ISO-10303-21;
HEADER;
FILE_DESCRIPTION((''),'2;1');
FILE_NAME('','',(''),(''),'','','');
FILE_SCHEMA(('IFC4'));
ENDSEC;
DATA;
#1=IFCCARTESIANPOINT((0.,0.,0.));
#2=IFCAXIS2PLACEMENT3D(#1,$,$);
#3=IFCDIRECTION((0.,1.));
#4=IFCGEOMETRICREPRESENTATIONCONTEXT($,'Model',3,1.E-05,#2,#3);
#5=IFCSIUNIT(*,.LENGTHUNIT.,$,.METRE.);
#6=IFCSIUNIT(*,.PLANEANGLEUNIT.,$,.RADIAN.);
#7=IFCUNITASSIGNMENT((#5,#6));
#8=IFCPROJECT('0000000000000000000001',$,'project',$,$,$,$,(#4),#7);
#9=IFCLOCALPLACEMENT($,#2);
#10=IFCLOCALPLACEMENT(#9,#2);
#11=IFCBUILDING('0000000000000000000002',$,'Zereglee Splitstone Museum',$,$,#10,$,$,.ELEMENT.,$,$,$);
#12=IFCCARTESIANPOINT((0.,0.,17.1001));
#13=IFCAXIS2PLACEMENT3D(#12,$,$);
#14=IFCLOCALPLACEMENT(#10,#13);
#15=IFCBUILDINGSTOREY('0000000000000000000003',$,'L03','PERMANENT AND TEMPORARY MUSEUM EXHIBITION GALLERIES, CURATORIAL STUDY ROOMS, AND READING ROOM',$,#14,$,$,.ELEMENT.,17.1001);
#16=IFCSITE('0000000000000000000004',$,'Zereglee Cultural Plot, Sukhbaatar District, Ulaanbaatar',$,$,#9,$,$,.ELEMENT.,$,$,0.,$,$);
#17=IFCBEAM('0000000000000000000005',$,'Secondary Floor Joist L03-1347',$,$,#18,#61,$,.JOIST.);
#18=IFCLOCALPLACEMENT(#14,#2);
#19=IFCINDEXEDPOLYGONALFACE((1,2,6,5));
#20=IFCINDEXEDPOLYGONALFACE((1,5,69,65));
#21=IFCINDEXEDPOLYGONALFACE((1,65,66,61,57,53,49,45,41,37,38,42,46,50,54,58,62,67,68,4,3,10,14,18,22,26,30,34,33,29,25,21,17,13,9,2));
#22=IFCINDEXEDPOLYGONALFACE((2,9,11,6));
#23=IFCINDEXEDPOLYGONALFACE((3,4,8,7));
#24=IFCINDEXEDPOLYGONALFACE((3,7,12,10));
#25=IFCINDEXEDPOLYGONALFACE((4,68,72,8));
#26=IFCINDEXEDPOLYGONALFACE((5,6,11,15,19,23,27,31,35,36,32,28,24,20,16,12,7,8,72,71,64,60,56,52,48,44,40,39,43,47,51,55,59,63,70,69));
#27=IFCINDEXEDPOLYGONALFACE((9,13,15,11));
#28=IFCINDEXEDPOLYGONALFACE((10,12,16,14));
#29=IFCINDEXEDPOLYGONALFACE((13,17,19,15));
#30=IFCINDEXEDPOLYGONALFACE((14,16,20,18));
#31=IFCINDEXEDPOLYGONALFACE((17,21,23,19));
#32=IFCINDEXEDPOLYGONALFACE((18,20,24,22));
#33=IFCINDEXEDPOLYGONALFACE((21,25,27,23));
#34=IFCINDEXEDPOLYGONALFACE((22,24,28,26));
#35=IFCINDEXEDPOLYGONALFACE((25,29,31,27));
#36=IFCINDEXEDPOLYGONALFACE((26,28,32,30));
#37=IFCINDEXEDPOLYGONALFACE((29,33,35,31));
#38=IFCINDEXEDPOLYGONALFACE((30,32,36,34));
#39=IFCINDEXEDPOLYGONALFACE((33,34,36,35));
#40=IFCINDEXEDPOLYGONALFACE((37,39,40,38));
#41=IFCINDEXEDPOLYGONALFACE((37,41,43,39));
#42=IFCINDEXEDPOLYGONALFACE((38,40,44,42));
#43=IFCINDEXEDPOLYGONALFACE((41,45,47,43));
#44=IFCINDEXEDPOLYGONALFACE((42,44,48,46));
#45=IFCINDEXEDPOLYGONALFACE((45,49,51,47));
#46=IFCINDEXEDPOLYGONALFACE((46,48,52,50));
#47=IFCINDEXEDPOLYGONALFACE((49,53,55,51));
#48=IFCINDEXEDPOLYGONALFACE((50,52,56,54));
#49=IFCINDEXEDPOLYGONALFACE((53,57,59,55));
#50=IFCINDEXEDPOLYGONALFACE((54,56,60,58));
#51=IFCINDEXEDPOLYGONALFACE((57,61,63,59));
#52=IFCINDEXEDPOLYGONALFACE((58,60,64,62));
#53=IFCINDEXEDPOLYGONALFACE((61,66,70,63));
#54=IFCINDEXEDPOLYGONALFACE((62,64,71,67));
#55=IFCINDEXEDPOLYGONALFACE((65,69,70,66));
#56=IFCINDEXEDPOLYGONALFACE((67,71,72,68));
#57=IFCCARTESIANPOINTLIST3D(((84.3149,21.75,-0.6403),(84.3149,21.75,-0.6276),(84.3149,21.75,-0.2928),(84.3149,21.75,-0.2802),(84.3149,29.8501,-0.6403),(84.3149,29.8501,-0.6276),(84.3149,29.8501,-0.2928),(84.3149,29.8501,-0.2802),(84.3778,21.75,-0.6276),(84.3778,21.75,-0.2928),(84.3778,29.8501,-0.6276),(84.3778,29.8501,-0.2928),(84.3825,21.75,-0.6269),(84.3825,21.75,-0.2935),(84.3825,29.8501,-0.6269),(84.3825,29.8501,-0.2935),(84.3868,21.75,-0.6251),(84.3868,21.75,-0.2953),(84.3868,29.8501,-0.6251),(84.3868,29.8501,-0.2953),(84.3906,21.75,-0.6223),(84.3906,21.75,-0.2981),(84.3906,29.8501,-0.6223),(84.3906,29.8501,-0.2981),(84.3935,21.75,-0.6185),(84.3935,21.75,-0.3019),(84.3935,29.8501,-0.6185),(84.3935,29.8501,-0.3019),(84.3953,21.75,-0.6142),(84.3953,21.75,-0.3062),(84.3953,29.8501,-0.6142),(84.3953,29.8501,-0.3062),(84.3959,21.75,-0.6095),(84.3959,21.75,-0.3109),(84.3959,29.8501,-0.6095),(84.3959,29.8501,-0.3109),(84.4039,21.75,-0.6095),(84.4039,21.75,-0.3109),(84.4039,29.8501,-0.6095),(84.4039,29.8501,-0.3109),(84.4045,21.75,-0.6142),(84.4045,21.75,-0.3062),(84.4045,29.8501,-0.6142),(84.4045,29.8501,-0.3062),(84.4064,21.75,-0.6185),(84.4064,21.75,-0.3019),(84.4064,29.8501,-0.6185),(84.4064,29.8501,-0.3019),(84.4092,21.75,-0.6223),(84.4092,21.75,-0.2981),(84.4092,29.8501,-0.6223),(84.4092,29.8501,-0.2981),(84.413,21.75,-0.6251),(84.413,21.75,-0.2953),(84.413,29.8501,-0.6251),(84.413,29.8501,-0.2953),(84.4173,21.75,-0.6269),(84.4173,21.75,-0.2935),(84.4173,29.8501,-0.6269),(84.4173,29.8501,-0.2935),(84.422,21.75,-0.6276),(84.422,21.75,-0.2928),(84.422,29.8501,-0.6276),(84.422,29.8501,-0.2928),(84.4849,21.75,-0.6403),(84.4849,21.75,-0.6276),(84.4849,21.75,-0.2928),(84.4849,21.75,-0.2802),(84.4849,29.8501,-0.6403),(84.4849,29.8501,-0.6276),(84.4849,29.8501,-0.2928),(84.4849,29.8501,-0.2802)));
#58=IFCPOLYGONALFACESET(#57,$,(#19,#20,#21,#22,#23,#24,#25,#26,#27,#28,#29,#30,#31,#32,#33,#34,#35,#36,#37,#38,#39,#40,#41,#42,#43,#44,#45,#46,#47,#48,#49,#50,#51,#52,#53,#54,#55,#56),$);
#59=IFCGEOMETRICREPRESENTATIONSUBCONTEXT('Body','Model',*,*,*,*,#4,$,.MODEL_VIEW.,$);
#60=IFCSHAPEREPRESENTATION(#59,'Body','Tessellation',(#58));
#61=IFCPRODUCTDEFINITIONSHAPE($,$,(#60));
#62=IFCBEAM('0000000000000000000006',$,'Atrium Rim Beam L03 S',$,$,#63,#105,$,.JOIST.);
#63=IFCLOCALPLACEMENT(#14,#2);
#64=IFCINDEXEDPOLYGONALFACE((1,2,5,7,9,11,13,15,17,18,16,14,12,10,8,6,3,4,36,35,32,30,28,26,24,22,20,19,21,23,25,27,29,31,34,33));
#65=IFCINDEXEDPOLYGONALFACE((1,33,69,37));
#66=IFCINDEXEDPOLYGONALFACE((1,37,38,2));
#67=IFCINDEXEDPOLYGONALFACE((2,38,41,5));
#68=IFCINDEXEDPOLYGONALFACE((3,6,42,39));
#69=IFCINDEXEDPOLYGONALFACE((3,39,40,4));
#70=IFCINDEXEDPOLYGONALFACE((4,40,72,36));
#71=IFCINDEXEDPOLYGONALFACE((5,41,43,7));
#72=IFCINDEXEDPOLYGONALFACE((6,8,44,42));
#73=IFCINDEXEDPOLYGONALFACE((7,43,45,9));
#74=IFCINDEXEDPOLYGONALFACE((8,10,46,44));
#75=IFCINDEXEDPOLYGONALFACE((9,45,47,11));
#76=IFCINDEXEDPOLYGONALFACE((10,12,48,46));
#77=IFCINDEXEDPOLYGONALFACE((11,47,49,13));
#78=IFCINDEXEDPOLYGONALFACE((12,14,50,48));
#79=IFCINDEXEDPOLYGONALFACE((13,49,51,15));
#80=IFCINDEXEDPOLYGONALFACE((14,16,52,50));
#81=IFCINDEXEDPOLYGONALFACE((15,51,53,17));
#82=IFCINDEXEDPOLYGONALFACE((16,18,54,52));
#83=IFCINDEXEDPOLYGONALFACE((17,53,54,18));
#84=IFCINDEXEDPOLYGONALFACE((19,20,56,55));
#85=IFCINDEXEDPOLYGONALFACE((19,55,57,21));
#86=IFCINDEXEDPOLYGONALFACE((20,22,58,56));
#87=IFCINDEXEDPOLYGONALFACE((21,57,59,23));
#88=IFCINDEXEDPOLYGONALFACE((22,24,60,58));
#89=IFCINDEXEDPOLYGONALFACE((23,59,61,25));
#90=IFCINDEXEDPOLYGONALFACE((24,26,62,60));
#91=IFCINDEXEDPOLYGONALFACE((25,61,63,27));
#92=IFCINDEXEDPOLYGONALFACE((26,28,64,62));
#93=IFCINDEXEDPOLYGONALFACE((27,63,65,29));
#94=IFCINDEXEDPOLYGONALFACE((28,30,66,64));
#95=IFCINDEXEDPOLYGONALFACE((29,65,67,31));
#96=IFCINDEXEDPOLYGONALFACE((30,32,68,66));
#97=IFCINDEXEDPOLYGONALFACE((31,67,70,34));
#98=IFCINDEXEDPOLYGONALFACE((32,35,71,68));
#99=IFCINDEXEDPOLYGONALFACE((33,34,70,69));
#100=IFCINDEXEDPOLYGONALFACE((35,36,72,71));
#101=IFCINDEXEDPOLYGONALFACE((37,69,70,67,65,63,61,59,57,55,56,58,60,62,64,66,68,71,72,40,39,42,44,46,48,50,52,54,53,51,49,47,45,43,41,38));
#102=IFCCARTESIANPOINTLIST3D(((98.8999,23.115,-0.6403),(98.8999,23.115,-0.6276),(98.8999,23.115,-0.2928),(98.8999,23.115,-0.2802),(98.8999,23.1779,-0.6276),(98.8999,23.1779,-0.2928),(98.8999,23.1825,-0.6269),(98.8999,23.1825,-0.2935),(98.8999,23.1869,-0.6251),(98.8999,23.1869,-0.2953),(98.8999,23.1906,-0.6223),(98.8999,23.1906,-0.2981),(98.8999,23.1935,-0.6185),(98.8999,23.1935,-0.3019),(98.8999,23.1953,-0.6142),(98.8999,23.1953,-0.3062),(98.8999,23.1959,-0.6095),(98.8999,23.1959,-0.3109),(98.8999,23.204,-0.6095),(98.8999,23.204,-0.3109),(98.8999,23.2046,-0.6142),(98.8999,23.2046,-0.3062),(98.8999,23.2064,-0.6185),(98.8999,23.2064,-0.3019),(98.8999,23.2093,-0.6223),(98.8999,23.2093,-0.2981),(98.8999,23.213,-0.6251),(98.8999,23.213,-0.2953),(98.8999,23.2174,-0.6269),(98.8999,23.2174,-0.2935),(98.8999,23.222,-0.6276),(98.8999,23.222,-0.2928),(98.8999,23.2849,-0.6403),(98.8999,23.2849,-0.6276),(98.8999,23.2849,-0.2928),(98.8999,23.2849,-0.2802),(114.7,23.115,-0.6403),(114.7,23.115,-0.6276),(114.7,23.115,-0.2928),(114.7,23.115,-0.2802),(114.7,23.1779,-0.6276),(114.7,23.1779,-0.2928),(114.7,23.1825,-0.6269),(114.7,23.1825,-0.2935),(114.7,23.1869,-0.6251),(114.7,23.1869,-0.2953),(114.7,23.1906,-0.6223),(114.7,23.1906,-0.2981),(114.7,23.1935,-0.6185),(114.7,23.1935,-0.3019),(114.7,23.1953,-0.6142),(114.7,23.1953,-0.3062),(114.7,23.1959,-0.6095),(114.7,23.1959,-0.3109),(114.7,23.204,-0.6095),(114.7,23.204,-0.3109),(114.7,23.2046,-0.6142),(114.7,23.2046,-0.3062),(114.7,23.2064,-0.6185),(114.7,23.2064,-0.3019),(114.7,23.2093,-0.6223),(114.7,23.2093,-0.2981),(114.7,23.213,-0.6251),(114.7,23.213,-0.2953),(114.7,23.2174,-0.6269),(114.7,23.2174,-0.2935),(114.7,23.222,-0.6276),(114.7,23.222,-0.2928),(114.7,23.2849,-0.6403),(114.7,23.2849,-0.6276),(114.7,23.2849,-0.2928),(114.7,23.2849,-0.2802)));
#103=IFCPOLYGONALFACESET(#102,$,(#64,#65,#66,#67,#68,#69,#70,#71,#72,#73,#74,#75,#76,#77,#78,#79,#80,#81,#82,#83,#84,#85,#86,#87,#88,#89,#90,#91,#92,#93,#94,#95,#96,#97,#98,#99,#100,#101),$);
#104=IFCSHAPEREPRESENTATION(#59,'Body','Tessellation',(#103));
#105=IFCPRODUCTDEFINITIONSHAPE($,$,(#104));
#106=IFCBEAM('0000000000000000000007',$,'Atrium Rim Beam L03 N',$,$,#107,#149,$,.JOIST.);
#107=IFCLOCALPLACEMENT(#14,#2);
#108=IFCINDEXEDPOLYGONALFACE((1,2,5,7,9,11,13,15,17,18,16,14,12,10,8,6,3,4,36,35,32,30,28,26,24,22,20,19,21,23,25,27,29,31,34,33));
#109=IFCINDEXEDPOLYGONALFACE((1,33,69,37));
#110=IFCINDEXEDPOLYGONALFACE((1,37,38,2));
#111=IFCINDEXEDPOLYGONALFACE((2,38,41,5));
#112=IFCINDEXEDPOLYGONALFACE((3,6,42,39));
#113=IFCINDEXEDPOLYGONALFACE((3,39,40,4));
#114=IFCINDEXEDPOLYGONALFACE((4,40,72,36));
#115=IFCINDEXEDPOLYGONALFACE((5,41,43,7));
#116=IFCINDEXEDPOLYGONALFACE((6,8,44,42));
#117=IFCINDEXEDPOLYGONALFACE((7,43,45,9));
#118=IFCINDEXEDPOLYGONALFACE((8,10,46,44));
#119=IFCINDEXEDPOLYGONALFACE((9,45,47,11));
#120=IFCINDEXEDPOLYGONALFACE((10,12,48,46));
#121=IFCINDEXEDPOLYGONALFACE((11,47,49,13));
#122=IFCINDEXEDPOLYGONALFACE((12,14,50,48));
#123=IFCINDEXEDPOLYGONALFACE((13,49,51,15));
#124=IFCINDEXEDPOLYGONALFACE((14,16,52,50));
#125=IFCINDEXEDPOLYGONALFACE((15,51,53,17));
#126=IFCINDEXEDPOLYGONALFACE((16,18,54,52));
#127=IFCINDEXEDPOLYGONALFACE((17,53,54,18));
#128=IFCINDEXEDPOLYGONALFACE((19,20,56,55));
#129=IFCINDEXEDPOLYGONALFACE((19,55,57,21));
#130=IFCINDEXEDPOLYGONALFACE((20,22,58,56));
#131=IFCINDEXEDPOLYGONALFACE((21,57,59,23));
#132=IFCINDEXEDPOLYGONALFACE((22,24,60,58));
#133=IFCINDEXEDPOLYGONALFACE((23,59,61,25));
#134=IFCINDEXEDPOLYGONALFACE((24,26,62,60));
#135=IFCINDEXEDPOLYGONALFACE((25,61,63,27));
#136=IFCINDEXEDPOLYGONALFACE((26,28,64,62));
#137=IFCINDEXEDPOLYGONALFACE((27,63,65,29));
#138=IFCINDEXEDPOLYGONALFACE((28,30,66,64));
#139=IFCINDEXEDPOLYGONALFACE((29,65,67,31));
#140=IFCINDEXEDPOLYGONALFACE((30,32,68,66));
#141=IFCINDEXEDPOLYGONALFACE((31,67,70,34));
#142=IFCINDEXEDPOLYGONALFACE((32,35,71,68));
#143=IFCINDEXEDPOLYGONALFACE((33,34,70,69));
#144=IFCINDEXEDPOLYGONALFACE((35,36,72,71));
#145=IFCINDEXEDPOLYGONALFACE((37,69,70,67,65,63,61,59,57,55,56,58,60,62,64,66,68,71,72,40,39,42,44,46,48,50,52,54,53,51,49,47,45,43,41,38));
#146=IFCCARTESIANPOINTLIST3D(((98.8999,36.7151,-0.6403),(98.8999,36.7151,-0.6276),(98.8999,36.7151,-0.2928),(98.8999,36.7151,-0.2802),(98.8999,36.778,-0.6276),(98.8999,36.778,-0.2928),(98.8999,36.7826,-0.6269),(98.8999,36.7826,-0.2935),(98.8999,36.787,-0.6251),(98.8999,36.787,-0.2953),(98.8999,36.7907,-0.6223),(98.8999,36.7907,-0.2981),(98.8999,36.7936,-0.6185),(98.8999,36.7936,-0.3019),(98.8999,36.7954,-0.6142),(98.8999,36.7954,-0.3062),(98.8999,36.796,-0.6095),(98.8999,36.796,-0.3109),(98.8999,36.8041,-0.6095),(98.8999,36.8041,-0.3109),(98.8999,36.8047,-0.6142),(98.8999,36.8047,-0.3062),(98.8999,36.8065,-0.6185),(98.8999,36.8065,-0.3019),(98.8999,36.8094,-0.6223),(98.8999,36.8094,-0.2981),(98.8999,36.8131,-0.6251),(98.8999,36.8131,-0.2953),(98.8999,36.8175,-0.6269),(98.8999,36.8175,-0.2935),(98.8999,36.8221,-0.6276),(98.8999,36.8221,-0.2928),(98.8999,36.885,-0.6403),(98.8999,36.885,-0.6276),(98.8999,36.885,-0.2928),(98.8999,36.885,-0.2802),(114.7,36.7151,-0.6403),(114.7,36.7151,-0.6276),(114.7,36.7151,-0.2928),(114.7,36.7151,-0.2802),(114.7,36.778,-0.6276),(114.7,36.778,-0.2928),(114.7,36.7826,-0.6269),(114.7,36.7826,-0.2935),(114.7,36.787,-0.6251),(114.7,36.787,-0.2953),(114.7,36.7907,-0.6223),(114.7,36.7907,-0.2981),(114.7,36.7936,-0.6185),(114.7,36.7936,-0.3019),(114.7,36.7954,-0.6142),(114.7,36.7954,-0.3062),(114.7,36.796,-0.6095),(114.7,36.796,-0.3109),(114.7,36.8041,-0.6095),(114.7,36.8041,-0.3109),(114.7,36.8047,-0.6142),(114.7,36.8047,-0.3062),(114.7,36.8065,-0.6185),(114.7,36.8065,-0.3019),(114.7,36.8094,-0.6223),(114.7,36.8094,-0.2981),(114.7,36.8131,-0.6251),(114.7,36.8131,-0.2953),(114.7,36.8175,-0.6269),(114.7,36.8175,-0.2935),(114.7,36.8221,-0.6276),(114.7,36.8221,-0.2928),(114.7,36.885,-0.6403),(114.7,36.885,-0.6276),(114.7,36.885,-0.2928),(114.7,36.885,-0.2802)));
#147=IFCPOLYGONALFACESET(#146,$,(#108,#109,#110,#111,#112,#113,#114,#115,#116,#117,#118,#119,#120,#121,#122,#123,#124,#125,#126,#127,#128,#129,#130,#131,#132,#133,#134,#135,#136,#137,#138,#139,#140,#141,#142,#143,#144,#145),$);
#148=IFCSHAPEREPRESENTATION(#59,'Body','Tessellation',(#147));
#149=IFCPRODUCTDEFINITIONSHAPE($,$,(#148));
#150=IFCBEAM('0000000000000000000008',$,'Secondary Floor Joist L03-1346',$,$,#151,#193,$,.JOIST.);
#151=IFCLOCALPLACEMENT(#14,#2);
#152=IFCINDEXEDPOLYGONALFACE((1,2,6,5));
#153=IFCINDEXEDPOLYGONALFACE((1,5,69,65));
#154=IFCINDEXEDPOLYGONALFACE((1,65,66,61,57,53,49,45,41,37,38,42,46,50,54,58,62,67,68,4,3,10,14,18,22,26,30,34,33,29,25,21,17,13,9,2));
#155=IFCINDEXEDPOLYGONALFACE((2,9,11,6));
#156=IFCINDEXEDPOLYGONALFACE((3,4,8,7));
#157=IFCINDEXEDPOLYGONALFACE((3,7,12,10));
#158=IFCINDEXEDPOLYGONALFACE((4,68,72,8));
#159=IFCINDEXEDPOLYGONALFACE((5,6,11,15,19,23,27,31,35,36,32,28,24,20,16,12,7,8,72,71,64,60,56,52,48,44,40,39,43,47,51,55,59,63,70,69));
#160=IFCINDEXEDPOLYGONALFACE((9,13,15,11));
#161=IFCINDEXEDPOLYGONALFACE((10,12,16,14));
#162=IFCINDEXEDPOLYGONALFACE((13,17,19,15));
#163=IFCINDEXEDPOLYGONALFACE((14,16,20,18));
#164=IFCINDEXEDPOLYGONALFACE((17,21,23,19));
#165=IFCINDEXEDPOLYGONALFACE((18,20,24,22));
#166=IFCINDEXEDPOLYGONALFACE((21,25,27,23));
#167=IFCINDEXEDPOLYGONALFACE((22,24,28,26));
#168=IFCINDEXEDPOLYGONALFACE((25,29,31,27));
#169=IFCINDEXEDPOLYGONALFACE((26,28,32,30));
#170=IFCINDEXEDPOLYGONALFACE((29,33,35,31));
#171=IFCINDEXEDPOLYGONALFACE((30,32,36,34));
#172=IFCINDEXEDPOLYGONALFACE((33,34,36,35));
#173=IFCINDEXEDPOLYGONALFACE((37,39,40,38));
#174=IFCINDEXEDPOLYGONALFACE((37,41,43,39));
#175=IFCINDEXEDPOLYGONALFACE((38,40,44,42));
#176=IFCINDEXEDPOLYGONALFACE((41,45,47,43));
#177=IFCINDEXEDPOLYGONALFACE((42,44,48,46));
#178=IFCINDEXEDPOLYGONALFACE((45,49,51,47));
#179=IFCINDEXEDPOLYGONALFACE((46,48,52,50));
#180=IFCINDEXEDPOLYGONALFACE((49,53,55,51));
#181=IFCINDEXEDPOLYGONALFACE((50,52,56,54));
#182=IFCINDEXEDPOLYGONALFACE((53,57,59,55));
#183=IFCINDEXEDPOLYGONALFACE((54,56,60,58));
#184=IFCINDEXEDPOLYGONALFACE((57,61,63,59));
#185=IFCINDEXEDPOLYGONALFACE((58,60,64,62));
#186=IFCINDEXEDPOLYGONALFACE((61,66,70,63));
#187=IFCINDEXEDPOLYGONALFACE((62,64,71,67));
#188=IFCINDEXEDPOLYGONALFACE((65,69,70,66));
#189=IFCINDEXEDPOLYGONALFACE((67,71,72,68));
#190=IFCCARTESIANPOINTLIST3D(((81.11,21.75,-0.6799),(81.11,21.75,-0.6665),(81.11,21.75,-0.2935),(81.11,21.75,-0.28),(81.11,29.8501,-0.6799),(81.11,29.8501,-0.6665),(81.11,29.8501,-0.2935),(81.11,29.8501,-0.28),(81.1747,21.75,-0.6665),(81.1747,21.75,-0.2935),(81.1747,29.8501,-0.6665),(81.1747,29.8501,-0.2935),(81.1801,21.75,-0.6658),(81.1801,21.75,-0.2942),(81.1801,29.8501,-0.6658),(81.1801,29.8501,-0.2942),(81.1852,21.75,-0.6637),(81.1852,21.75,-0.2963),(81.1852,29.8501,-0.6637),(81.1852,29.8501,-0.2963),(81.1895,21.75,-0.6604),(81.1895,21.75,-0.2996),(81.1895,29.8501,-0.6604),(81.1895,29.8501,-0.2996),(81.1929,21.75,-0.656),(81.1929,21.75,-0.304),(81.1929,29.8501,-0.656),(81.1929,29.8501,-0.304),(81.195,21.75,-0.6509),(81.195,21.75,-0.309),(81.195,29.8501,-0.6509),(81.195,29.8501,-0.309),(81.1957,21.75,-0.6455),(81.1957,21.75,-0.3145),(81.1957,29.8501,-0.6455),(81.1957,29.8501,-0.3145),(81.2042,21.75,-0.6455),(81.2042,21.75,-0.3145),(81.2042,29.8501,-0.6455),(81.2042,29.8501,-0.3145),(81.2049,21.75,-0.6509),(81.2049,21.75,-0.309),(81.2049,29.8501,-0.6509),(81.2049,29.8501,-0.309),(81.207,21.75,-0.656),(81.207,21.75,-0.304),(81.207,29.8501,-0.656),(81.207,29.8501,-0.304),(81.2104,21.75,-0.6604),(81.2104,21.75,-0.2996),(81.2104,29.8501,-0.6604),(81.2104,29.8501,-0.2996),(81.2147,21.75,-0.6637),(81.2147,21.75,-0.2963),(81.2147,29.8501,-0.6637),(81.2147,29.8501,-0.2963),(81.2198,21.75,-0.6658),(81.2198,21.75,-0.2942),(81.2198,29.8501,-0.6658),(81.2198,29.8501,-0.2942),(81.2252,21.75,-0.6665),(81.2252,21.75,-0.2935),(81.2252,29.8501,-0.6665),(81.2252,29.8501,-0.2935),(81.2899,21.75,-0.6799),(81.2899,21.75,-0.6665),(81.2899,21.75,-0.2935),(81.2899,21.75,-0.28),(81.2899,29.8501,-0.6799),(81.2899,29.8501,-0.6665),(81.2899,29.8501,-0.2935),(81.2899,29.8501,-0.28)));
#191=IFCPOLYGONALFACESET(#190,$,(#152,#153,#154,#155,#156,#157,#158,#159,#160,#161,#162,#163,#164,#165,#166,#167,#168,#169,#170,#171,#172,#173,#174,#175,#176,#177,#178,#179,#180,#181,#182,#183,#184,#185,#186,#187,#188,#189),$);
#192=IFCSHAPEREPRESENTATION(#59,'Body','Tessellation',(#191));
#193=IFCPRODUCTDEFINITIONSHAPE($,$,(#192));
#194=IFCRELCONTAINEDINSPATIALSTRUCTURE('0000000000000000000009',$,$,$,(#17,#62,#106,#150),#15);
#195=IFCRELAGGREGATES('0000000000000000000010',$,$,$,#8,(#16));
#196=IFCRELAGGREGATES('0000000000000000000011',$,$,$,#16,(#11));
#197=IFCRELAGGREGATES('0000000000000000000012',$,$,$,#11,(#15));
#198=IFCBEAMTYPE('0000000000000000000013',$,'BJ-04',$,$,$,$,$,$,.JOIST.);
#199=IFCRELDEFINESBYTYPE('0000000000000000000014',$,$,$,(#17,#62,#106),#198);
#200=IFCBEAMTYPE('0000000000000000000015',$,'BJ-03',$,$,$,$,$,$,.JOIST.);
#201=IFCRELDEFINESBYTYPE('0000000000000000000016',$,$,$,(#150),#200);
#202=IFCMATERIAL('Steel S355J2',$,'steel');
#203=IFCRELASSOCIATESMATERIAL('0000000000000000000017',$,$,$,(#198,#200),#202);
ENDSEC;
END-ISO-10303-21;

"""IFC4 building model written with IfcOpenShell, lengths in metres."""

from ifc_helpers import new_model, si_unit, direction, frame, origin, origin_2d, place, context, subcontext, project, spatial, i_section, extrude, material, material_profile, profile_set, type_object, element, save


model = new_model("IFC4")

# Units and contexts
model_context = context("Model", 3, precision=1e-05, world=origin(), true_north=direction((0.0, 1.0)))
body_context = subcontext(model_context, "Body", "Model", "MODEL_VIEW")
ifc_project = project(units=[si_unit("LENGTHUNIT", "METRE"), si_unit("PLANEANGLEUNIT", "RADIAN")], contexts=[model_context])

# Site, building, storey
site_placement = place(None, origin())
site = spatial("IfcSite", under=ifc_project, at=site_placement, Name="Zereglee Cultural Plot, Sukhbaatar District, Ulaanbaatar", CompositionType="ELEMENT", RefElevation=0.0)
building_placement = place(site_placement, origin())
building = spatial("IfcBuilding", under=site, at=building_placement, Name="Zereglee Splitstone Museum", CompositionType="ELEMENT")
storey_placement = place(building_placement, frame((0.0, 0.0, 17.1001)))
storey = spatial("IfcBuildingStorey", under=building, at=storey_placement, Name="L03", Description="PERMANENT AND TEMPORARY MUSEUM EXHIBITION GALLERIES, CURATORIAL STUDY ROOMS, AND READING ROOM", CompositionType="ELEMENT", Elevation=17.1001)

# Shared definitions
ifc_material_1 = material(Name="Steel S355J2", Category="steel")

# Beams
ifc_material_profile_1 = material_profile(ifc_material_1, i_section(OverallWidth=0.1699, OverallDepth=0.3601, WebThickness=0.0081, FlangeThickness=0.0127, FilletRadius=0.0181, at=origin_2d()), Name="IPE 360")
ifc_profile_set_1 = profile_set([ifc_material_profile_1], Name="Steel S355J2")
beam_type_1 = type_object("IfcBeamType", Name="BJ-04", PredefinedType="JOIST", material=ifc_profile_set_1)
beam_1_placement = place(storey_placement, frame((84.3999, 21.75, -0.4602), z_axis=(0.0, 1.0, 0.0), x_axis=(-1.0, 0.0, 0.0)))
element("IfcBeam", 1, at=beam_1_placement, inside=storey, type_object=beam_type_1, Name="Secondary Floor Joist L03-1347", PredefinedType="JOIST", context=body_context, shape_type="SweptSolid", body=[
    extrude(i_section(OverallWidth=0.1699, OverallDepth=0.3601, WebThickness=0.0081, FlangeThickness=0.0127, FilletRadius=0.0181, at=origin_2d()), origin(), (0.0, 0.0, 1.0), 8.1001),
])
for number, where, z_axis, x_axis, name in (
    (2, (98.8999, 23.2, -0.4602), (1.0, 0.0, 0.0), (0.0, 1.0, 0.0), "Atrium Rim Beam L03 S"),
    (3, (98.8999, 36.8, -0.4602), (1.0, 0.0, 0.0), (0.0, 1.0, 0.0), "Atrium Rim Beam L03 N"),
):
    element("IfcBeam", number, at=place(storey_placement, frame(where, z_axis=z_axis, x_axis=x_axis)), inside=storey, type_object=beam_type_1, Name=name, PredefinedType="JOIST", context=body_context, shape_type="SweptSolid", body=[
        extrude(i_section(OverallWidth=0.1699, OverallDepth=0.3601, WebThickness=0.0081, FlangeThickness=0.0127, FilletRadius=0.0181, at=origin_2d()), origin(), (0.0, 0.0, 1.0), 15.8),
    ])
ifc_material_profile_2 = material_profile(ifc_material_1, i_section(OverallWidth=0.1799, OverallDepth=0.3999, WebThickness=0.0085, FlangeThickness=0.0134, FilletRadius=0.021, at=origin_2d()), Name="IPE 400")
ifc_profile_set_2 = profile_set([ifc_material_profile_2], Name="Steel S355J2")
beam_type_2 = type_object("IfcBeamType", Name="BJ-03", PredefinedType="JOIST", material=ifc_profile_set_2)
for number, where, z_axis, x_axis, name in (
    (4, (81.2, 21.75, -0.48), (0.0, 1.0, 0.0), (-1.0, 0.0, 0.0), "Secondary Floor Joist L03-1346"),
):
    element("IfcBeam", number, at=place(storey_placement, frame(where, z_axis=z_axis, x_axis=x_axis)), inside=storey, type_object=beam_type_2, Name=name, PredefinedType="JOIST", context=body_context, shape_type="SweptSolid", body=[
        extrude(i_section(OverallWidth=0.1799, OverallDepth=0.3999, WebThickness=0.0085, FlangeThickness=0.0134, FilletRadius=0.021, at=origin_2d()), origin(), (0.0, 0.0, 1.0), 8.1001),
    ])

save(model, "model.ifc")
